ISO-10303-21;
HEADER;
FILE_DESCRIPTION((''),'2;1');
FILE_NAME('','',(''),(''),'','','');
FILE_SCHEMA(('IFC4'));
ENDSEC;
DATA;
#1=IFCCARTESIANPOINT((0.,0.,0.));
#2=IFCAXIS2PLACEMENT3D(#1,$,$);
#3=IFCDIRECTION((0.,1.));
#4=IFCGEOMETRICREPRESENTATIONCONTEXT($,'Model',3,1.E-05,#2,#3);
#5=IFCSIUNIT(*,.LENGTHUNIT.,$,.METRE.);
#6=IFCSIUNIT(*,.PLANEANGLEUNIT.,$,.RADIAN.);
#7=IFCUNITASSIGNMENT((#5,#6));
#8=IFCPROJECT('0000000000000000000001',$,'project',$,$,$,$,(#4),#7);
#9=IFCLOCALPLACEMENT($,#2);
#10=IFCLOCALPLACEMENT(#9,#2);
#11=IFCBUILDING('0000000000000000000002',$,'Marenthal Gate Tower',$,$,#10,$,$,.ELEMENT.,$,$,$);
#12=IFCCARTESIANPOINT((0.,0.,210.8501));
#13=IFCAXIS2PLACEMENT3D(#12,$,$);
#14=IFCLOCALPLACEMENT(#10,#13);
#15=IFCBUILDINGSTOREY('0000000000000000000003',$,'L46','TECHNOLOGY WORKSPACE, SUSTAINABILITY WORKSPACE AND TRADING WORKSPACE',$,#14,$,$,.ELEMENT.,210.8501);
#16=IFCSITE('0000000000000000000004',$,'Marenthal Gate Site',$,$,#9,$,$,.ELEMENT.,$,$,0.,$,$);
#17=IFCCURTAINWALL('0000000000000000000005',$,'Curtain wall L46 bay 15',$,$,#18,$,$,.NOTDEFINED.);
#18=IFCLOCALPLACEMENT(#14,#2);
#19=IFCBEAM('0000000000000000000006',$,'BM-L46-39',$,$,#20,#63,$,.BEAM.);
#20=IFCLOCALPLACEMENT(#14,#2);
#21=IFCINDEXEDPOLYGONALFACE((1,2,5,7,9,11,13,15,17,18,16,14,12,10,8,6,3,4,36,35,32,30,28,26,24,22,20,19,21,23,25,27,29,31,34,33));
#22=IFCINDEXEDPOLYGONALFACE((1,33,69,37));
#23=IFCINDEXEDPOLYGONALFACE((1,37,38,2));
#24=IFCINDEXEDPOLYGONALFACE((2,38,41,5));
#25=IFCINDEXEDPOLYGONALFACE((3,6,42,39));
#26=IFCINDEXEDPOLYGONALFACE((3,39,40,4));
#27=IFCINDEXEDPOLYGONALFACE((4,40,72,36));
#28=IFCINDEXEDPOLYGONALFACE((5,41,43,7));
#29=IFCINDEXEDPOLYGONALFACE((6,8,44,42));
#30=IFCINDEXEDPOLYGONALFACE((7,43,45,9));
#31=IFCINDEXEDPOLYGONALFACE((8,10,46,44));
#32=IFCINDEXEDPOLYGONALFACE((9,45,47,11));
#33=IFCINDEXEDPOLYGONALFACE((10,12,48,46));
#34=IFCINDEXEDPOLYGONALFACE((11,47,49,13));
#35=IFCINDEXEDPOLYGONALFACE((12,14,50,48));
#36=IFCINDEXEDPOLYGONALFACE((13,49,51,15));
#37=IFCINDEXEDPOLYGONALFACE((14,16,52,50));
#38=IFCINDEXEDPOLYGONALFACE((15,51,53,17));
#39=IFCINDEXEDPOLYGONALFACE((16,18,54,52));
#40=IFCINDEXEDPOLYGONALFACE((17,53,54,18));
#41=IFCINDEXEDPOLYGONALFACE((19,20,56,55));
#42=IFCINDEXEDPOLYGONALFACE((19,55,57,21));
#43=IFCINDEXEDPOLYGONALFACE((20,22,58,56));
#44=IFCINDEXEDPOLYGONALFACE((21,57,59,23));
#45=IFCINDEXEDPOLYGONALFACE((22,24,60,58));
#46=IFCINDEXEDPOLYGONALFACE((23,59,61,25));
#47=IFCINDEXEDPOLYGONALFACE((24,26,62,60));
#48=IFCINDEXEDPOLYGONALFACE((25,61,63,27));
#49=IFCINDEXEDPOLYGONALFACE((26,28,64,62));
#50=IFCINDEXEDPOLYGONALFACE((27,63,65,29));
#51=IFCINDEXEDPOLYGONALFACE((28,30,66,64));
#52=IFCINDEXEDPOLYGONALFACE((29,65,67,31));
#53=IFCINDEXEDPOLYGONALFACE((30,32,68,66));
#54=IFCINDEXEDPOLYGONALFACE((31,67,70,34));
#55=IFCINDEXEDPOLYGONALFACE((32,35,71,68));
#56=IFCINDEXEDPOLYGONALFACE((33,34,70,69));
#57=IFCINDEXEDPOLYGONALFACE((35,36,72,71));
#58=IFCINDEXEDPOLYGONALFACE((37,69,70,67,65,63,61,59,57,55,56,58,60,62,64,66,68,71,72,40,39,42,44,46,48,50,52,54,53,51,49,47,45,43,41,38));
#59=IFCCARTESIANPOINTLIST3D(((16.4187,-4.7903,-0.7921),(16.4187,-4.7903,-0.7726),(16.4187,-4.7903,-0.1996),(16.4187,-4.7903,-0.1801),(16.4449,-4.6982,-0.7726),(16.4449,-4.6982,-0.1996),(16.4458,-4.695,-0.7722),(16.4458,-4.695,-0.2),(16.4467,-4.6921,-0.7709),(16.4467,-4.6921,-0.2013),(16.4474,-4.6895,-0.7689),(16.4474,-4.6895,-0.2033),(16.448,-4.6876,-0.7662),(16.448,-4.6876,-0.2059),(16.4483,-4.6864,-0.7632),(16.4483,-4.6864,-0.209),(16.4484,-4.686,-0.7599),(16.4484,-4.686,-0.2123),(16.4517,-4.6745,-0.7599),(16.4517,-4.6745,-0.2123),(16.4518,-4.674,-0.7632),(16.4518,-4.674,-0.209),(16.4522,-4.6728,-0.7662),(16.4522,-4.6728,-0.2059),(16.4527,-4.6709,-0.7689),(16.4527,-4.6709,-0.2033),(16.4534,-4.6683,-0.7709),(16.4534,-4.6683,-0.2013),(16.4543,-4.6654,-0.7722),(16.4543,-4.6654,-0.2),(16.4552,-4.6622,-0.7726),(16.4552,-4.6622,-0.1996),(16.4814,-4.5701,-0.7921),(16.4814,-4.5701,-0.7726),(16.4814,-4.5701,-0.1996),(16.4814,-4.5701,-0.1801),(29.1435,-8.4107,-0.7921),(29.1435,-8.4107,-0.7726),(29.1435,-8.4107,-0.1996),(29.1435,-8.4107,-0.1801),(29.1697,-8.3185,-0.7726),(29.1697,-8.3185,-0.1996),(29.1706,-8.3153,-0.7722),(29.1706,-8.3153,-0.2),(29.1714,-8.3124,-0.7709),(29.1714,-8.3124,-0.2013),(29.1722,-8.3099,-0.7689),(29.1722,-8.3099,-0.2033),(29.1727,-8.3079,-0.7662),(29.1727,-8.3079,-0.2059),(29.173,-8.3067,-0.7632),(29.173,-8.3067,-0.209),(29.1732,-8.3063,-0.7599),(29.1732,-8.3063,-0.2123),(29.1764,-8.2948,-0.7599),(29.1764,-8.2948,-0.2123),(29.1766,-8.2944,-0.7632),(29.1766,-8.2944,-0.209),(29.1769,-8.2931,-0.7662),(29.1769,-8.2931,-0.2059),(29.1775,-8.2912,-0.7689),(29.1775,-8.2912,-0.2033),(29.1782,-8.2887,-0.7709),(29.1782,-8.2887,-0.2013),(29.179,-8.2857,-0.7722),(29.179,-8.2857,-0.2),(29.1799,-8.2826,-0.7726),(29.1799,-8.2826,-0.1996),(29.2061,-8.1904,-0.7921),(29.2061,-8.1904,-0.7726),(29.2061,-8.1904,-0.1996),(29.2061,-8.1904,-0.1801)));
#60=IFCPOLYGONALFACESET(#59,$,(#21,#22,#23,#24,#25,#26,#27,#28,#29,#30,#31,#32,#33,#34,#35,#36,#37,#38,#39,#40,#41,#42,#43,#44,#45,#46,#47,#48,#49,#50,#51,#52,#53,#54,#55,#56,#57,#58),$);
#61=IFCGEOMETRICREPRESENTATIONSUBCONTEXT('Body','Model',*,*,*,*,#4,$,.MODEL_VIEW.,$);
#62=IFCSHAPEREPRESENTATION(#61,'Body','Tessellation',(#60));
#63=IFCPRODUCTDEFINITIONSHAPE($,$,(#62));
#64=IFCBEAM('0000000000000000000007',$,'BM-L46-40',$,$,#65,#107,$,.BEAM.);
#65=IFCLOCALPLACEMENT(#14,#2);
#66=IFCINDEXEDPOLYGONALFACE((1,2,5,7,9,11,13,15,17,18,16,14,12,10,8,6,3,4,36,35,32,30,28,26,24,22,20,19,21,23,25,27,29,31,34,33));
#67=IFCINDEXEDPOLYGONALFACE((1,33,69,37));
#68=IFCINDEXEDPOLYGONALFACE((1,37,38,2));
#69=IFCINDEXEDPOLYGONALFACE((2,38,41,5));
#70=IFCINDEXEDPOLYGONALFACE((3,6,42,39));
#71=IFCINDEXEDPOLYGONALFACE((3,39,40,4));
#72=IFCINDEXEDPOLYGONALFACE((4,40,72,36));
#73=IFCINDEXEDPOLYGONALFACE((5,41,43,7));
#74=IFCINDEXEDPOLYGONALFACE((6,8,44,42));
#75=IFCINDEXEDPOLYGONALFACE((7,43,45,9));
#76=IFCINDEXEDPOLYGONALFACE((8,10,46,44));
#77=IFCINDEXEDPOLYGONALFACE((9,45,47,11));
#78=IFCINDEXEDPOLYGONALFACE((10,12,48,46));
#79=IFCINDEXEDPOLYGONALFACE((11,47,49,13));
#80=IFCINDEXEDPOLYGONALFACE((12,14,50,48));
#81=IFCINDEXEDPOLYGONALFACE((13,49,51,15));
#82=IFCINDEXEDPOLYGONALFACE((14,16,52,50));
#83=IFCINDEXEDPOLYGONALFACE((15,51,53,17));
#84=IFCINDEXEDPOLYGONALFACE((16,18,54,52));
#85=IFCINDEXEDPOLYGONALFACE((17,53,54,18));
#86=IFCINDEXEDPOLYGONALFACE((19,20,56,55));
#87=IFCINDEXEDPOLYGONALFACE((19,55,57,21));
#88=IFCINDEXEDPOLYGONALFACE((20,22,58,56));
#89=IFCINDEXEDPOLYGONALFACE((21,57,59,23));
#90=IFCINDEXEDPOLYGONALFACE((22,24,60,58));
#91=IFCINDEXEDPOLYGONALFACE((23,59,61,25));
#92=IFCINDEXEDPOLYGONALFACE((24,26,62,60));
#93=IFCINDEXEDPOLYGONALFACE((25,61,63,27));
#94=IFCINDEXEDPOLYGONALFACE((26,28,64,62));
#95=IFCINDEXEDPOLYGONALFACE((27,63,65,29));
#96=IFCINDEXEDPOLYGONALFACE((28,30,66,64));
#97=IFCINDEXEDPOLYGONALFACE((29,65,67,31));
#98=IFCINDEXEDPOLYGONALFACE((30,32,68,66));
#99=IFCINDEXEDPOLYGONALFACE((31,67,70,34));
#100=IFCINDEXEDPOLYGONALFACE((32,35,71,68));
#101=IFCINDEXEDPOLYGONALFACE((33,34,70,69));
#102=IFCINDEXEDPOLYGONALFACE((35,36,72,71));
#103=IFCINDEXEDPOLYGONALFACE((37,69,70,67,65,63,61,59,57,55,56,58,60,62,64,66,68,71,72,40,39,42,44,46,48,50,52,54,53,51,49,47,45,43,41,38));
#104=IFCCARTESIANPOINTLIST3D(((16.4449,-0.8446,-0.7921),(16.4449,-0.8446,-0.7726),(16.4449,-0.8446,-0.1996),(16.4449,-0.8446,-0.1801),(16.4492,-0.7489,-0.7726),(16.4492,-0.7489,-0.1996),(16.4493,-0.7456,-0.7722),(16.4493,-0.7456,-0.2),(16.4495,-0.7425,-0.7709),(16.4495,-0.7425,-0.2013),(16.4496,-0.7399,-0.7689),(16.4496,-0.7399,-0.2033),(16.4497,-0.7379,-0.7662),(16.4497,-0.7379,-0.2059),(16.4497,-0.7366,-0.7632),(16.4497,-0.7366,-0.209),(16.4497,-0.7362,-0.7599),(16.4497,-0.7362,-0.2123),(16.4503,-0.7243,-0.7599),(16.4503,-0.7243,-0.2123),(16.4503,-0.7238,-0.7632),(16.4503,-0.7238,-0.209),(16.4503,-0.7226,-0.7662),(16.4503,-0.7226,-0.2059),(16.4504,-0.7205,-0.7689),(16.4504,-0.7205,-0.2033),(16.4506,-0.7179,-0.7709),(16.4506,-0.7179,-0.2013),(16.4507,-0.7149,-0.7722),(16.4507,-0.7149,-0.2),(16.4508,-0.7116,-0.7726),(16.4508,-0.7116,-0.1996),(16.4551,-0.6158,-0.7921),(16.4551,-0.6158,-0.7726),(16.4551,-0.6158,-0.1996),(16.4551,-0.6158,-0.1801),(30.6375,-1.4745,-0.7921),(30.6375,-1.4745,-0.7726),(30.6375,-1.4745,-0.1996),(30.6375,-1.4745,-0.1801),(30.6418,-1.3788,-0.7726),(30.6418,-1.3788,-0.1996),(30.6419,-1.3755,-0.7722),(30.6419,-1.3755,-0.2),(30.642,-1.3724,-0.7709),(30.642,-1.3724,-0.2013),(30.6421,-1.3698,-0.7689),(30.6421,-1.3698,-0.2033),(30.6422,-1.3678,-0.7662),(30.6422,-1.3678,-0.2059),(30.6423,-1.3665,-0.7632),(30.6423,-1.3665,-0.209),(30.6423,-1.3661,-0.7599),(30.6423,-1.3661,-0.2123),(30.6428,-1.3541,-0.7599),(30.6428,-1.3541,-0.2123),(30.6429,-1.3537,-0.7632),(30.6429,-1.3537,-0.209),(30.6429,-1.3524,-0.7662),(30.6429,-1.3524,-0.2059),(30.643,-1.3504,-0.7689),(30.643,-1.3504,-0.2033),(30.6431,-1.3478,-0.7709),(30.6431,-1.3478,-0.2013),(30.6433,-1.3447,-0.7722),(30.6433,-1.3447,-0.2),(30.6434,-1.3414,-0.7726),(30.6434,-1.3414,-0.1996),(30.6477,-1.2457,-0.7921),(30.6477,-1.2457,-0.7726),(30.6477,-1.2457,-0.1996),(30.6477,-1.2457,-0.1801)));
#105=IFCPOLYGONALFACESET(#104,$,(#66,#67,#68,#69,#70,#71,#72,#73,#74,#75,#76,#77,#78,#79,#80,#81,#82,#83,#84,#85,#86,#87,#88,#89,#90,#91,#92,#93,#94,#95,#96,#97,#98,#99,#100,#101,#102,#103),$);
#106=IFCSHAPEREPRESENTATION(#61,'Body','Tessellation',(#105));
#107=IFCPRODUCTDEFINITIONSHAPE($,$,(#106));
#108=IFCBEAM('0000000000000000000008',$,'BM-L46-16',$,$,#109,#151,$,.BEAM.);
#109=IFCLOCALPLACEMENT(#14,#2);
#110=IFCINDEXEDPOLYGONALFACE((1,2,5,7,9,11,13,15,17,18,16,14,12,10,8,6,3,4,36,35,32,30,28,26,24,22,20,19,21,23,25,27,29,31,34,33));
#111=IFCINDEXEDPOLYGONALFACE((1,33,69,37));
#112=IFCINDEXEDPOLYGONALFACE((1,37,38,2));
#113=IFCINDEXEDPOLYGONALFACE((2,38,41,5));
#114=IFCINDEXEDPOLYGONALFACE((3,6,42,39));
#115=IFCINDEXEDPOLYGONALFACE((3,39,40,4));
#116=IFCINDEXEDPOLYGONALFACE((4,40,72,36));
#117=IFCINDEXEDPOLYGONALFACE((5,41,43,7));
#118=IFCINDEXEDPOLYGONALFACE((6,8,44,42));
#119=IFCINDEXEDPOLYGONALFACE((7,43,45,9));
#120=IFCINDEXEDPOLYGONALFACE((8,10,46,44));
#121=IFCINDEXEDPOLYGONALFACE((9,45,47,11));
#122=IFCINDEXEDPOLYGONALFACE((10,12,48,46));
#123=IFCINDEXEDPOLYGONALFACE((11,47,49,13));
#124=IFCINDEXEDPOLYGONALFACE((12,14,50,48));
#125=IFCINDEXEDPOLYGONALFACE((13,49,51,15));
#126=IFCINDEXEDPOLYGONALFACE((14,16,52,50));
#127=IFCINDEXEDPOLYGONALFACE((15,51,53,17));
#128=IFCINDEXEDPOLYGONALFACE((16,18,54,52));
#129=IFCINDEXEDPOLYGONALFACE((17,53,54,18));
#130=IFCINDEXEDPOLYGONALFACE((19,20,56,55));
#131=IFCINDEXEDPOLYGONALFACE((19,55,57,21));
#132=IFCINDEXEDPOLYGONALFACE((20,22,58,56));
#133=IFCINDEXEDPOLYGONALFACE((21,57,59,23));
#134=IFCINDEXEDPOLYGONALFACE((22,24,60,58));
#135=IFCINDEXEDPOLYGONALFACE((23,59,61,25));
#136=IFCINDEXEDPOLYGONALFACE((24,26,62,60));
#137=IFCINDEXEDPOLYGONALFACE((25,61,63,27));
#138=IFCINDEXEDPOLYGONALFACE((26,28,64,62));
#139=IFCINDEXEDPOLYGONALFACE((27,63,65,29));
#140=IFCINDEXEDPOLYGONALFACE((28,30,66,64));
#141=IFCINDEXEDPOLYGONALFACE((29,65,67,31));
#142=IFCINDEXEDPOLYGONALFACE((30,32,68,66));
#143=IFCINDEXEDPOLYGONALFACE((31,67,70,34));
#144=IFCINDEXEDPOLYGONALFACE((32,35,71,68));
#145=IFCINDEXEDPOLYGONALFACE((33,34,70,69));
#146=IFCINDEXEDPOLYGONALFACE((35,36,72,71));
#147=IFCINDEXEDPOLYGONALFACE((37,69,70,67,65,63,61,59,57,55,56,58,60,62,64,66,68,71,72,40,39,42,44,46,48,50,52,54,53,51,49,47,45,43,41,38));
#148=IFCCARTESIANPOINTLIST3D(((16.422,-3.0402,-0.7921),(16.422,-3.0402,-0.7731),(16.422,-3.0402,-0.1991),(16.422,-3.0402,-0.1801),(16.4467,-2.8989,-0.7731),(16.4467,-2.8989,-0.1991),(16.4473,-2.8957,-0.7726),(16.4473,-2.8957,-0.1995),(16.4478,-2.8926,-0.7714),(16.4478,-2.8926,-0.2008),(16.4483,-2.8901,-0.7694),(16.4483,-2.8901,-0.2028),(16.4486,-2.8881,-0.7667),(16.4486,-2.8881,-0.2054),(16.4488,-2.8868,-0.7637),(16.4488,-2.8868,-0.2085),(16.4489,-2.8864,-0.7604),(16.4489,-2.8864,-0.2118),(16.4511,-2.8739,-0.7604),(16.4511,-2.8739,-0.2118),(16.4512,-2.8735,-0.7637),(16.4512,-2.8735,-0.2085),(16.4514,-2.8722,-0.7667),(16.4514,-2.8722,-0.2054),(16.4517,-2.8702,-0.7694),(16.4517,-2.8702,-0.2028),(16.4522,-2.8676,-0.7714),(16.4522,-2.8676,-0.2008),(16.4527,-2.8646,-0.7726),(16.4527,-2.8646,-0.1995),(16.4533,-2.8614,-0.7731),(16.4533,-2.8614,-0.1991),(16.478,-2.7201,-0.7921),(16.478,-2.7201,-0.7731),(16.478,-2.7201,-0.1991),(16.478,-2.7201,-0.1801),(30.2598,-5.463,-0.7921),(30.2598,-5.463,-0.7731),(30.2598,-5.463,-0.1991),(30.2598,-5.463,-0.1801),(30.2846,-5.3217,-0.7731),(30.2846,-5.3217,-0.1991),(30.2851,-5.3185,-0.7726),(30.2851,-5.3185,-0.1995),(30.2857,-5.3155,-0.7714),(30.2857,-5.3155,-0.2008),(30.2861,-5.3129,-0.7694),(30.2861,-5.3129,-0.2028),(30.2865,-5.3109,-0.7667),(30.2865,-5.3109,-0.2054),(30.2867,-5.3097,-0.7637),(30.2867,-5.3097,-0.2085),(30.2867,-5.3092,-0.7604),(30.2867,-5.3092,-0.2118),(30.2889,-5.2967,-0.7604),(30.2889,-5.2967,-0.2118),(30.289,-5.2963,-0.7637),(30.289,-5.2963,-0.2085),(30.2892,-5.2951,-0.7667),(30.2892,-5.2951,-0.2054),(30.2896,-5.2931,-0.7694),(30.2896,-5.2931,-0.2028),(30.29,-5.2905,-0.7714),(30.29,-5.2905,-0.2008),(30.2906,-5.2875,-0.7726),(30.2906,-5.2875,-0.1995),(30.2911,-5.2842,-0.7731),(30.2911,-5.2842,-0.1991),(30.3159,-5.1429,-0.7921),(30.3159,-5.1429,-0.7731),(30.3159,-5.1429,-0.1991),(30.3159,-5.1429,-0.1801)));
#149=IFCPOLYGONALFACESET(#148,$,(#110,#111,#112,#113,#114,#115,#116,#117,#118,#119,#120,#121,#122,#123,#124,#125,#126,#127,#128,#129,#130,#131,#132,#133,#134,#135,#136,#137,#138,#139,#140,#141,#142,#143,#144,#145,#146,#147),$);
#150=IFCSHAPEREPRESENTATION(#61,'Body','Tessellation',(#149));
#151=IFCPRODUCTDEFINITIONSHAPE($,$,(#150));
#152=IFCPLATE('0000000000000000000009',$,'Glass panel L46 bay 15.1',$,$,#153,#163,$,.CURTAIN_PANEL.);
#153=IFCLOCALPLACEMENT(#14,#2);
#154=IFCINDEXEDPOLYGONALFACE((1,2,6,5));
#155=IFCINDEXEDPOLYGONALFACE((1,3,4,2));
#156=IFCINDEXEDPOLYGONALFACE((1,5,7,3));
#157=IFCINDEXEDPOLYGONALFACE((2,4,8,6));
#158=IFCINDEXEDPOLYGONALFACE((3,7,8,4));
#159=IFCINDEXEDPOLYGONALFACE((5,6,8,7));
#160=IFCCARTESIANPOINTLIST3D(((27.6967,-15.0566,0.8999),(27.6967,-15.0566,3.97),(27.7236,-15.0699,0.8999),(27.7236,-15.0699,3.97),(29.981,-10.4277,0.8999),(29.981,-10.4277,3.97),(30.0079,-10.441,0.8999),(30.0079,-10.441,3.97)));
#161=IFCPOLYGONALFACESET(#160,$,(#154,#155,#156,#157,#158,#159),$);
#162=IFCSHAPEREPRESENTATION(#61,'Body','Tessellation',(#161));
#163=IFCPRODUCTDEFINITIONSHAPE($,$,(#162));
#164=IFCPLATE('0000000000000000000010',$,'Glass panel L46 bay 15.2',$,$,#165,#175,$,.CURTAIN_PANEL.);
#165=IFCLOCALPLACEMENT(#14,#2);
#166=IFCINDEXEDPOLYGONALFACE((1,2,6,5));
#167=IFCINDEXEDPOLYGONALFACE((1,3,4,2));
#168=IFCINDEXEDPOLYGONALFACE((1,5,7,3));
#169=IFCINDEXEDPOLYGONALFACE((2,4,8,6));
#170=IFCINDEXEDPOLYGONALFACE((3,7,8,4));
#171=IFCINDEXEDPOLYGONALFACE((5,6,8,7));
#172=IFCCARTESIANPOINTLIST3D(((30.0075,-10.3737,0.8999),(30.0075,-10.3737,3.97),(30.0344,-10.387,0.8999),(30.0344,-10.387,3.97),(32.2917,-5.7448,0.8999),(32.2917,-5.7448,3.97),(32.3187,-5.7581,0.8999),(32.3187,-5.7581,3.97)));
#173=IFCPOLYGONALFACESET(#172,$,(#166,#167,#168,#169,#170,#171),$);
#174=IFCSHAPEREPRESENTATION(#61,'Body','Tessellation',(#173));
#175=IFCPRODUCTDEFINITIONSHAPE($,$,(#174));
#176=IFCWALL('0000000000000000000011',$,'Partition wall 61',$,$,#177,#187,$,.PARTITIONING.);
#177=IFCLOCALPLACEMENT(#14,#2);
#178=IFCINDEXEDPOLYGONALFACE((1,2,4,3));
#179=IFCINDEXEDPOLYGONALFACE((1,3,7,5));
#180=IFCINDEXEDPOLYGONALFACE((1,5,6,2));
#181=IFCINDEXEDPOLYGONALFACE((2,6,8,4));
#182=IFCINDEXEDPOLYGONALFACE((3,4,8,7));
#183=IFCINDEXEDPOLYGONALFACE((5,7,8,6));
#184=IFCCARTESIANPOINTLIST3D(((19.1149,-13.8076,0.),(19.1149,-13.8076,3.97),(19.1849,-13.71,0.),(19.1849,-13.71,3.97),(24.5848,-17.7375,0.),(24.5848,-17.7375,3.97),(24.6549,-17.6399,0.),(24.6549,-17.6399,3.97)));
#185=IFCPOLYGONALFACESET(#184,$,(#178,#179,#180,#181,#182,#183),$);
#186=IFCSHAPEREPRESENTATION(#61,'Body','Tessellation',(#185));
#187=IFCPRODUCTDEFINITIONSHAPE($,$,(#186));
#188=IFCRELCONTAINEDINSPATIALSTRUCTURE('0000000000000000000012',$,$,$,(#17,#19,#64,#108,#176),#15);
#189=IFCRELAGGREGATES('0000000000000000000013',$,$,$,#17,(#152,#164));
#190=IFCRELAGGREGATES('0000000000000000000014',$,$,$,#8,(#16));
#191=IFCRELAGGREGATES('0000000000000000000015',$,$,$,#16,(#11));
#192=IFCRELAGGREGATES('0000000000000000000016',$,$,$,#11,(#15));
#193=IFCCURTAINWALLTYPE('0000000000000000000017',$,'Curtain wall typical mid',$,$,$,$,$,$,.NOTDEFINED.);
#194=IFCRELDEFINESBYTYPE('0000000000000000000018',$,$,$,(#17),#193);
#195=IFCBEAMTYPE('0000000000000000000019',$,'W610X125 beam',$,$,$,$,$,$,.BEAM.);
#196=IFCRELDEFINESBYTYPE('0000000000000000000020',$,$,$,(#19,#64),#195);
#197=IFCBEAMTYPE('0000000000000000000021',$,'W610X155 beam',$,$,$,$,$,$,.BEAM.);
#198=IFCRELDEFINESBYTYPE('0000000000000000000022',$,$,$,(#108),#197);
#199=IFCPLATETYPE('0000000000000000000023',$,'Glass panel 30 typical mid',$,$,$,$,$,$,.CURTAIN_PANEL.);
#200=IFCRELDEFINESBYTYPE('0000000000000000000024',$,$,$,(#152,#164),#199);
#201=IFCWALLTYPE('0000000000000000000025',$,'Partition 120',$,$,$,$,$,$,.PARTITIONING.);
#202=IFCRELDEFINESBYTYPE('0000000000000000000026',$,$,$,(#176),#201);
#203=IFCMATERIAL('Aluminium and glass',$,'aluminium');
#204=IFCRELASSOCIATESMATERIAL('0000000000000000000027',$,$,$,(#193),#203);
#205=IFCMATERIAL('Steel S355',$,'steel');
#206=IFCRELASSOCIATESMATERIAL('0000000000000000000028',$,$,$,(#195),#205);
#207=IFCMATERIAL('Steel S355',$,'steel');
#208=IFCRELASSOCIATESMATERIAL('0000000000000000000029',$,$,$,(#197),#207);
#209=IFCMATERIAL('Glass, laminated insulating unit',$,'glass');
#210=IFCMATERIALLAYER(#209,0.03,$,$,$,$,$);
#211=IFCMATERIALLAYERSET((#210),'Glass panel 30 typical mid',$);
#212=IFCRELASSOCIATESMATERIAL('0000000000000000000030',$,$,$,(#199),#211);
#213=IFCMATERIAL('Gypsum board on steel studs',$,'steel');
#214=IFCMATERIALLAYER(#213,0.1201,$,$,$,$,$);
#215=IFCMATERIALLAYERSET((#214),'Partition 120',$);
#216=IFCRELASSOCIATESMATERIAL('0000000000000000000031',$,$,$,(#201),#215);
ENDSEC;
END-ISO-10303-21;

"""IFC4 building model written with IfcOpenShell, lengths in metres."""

from ifc_helpers import new_model, si_unit, direction, frame, frame_2d, origin, origin_2d, place, context, subcontext, project, spatial, rectangle, i_section, extrude, material, layer, layer_set, material_profile, profile_set, type_object, element, aggregate, save


model = new_model("IFC4")

# Units and contexts
model_context = context("Model", 3, precision=1e-05, world=origin(), true_north=direction((0.0, 1.0)))
body_context = subcontext(model_context, "Body", "Model", "MODEL_VIEW")
ifc_project = project(units=[si_unit("LENGTHUNIT", "METRE"), si_unit("PLANEANGLEUNIT", "RADIAN")], contexts=[model_context])

# Site, building, storey
site_placement = place(None, origin())
site = spatial("IfcSite", under=ifc_project, at=site_placement, Name="Marenthal Gate Site", CompositionType="ELEMENT", RefElevation=0.0)
building_placement = place(site_placement, origin())
building = spatial("IfcBuilding", under=site, at=building_placement, Name="Marenthal Gate Tower", CompositionType="ELEMENT")
storey_placement = place(building_placement, frame((0.0, 0.0, 210.8501)))
storey = spatial("IfcBuildingStorey", under=building, at=storey_placement, Name="L46", Description="TECHNOLOGY WORKSPACE, SUSTAINABILITY WORKSPACE AND TRADING WORKSPACE", CompositionType="ELEMENT", Elevation=210.8501)

# Curtain wall
ifc_material_1 = material(Name="Aluminium and glass", Category="aluminium")
curtain_wall_type = type_object("IfcCurtainWallType", Name="Curtain wall typical mid", PredefinedType="NOTDEFINED", material=ifc_material_1)
curtain_wall_placement = place(storey_placement, origin())
curtain_wall = element("IfcCurtainWall", 1, at=curtain_wall_placement, inside=storey, type_object=curtain_wall_type, Name="Curtain wall L46 bay 15", PredefinedType="NOTDEFINED")

# Beams
ifc_material_2 = material(Name="Steel S355", Category="steel")
ifc_material_profile_1 = material_profile(ifc_material_2, i_section(OverallWidth=0.229, OverallDepth=0.6121, WebThickness=0.012, FlangeThickness=0.0195, FilletRadius=0.0127, at=origin_2d()), Name="W610X125")
ifc_profile_set_1 = profile_set([ifc_material_profile_1], Name="Steel S355")
beam_type_1 = type_object("IfcBeamType", Name="W610X125 beam", PredefinedType="BEAM", material=ifc_profile_set_1)
beam_1_placement = place(storey_placement, frame((29.1748, -8.3005, -0.4861), z_axis=(-0.961829, 0.273651, 0.0), x_axis=(-0.273651, -0.961829, 0.0)))
element("IfcBeam", 2, at=beam_1_placement, inside=storey, type_object=beam_type_1, Name="BM-L46-39", PredefinedType="BEAM", context=body_context, shape_type="SweptSolid", body=[
    extrude(i_section(OverallWidth=0.229, OverallDepth=0.6121, WebThickness=0.012, FlangeThickness=0.0195, FilletRadius=0.0127, at=origin_2d()), origin(), (0.0, 0.0, 1.0), 13.2297),
])
beam_2_placement = place(storey_placement, frame((30.6426, -1.3601, -0.4861), z_axis=(-0.999017, 0.044337, 0.0), x_axis=(-0.044337, -0.999017, 0.0)))
element("IfcBeam", 3, at=beam_2_placement, inside=storey, type_object=beam_type_1, Name="BM-L46-40", PredefinedType="BEAM", context=body_context, shape_type="SweptSolid", body=[
    extrude(i_section(OverallWidth=0.229, OverallDepth=0.6121, WebThickness=0.012, FlangeThickness=0.0195, FilletRadius=0.0127, at=origin_2d()), origin(), (0.0, 0.0, 1.0), 14.2065),
])
ifc_material_3 = material(Name="Steel S355", Category="steel")
ifc_material_profile_2 = material_profile(ifc_material_3, i_section(OverallWidth=0.325, OverallDepth=0.6121, WebThickness=0.0127, FlangeThickness=0.019, FilletRadius=0.0127, at=origin_2d()), Name="W610X155")
ifc_profile_set_2 = profile_set([ifc_material_profile_2], Name="Steel S355")
beam_type_2 = type_object("IfcBeamType", Name="W610X155 beam", PredefinedType="BEAM", material=ifc_profile_set_2)
beam_3_placement = place(storey_placement, frame((30.2878, -5.303, -0.4861), z_axis=(-0.985016, 0.172465, 0.0), x_axis=(-0.172465, -0.985016, 0.0)))
element("IfcBeam", 4, at=beam_3_placement, inside=storey, type_object=beam_type_2, Name="BM-L46-16", PredefinedType="BEAM", context=body_context, shape_type="SweptSolid", body=[
    extrude(i_section(OverallWidth=0.325, OverallDepth=0.6121, WebThickness=0.0127, FlangeThickness=0.019, FilletRadius=0.0127, at=origin_2d()), origin(), (0.0, 0.0, 1.0), 14.0483),
])

# Plates
ifc_material_4 = material(Name="Glass, laminated insulating unit", Category="glass")
ifc_layer_1 = layer(ifc_material_4, 0.03)
ifc_layer_set_1 = layer_set([ifc_layer_1], Name="Glass panel 30 typical mid")
plate_type = type_object("IfcPlateType", Name="Glass panel 30 typical mid", PredefinedType="CURTAIN_PANEL", material=ifc_layer_set_1)
plate_1_placement = place(storey_placement, frame((28.8523, -12.7488, 0.8999), z_axis=(0.0, 0.0, 1.0), x_axis=(0.442523, 0.896757, 0.0)))
plate_1 = element("IfcPlate", 5, at=plate_1_placement, type_object=plate_type, Name="Glass panel L46 bay 15.1", PredefinedType="CURTAIN_PANEL", context=body_context, shape_type="SweptSolid", body=[
    extrude(rectangle(XDim=5.1619, YDim=0.03, at=origin_2d()), origin(), (0.0, 0.0, 1.0), 3.0701),
])
plate_2_placement = place(storey_placement, frame((31.1631, -8.0659, 0.8999), z_axis=(0.0, 0.0, 1.0), x_axis=(0.442523, 0.896757, 0.0)))
plate_2 = element("IfcPlate", 6, at=plate_2_placement, type_object=plate_type, Name="Glass panel L46 bay 15.2", PredefinedType="CURTAIN_PANEL", context=body_context, shape_type="SweptSolid", body=[
    extrude(rectangle(XDim=5.1619, YDim=0.03, at=origin_2d()), origin(), (0.0, 0.0, 1.0), 3.0701),
])
aggregate(curtain_wall, [plate_1, plate_2])

# Wall
ifc_material_5 = material(Name="Gypsum board on steel studs", Category="steel")
ifc_layer_2 = layer(ifc_material_5, 0.1201)
ifc_layer_set_2 = layer_set([ifc_layer_2], Name="Partition 120")
wall_type_1 = type_object("IfcWallType", Name="Partition 120", PredefinedType="PARTITIONING", material=ifc_layer_set_2)
wall_1_placement = place(storey_placement, frame((19.1499, -13.7588, 0.0), z_axis=(0.0, 0.0, 1.0), x_axis=(0.812129, -0.583478, 0.0)))
element("IfcWall", 7, at=wall_1_placement, inside=storey, type_object=wall_type_1, Name="Partition wall 61", PredefinedType="PARTITIONING", context=body_context, shape_type="SweptSolid", body=[
    extrude(rectangle(XDim=6.7354, YDim=0.1201, at=frame_2d((3.3677, 0.0))), origin(), (0.0, 0.0, 1.0), 3.97),
])

save(model, "model.ifc")
